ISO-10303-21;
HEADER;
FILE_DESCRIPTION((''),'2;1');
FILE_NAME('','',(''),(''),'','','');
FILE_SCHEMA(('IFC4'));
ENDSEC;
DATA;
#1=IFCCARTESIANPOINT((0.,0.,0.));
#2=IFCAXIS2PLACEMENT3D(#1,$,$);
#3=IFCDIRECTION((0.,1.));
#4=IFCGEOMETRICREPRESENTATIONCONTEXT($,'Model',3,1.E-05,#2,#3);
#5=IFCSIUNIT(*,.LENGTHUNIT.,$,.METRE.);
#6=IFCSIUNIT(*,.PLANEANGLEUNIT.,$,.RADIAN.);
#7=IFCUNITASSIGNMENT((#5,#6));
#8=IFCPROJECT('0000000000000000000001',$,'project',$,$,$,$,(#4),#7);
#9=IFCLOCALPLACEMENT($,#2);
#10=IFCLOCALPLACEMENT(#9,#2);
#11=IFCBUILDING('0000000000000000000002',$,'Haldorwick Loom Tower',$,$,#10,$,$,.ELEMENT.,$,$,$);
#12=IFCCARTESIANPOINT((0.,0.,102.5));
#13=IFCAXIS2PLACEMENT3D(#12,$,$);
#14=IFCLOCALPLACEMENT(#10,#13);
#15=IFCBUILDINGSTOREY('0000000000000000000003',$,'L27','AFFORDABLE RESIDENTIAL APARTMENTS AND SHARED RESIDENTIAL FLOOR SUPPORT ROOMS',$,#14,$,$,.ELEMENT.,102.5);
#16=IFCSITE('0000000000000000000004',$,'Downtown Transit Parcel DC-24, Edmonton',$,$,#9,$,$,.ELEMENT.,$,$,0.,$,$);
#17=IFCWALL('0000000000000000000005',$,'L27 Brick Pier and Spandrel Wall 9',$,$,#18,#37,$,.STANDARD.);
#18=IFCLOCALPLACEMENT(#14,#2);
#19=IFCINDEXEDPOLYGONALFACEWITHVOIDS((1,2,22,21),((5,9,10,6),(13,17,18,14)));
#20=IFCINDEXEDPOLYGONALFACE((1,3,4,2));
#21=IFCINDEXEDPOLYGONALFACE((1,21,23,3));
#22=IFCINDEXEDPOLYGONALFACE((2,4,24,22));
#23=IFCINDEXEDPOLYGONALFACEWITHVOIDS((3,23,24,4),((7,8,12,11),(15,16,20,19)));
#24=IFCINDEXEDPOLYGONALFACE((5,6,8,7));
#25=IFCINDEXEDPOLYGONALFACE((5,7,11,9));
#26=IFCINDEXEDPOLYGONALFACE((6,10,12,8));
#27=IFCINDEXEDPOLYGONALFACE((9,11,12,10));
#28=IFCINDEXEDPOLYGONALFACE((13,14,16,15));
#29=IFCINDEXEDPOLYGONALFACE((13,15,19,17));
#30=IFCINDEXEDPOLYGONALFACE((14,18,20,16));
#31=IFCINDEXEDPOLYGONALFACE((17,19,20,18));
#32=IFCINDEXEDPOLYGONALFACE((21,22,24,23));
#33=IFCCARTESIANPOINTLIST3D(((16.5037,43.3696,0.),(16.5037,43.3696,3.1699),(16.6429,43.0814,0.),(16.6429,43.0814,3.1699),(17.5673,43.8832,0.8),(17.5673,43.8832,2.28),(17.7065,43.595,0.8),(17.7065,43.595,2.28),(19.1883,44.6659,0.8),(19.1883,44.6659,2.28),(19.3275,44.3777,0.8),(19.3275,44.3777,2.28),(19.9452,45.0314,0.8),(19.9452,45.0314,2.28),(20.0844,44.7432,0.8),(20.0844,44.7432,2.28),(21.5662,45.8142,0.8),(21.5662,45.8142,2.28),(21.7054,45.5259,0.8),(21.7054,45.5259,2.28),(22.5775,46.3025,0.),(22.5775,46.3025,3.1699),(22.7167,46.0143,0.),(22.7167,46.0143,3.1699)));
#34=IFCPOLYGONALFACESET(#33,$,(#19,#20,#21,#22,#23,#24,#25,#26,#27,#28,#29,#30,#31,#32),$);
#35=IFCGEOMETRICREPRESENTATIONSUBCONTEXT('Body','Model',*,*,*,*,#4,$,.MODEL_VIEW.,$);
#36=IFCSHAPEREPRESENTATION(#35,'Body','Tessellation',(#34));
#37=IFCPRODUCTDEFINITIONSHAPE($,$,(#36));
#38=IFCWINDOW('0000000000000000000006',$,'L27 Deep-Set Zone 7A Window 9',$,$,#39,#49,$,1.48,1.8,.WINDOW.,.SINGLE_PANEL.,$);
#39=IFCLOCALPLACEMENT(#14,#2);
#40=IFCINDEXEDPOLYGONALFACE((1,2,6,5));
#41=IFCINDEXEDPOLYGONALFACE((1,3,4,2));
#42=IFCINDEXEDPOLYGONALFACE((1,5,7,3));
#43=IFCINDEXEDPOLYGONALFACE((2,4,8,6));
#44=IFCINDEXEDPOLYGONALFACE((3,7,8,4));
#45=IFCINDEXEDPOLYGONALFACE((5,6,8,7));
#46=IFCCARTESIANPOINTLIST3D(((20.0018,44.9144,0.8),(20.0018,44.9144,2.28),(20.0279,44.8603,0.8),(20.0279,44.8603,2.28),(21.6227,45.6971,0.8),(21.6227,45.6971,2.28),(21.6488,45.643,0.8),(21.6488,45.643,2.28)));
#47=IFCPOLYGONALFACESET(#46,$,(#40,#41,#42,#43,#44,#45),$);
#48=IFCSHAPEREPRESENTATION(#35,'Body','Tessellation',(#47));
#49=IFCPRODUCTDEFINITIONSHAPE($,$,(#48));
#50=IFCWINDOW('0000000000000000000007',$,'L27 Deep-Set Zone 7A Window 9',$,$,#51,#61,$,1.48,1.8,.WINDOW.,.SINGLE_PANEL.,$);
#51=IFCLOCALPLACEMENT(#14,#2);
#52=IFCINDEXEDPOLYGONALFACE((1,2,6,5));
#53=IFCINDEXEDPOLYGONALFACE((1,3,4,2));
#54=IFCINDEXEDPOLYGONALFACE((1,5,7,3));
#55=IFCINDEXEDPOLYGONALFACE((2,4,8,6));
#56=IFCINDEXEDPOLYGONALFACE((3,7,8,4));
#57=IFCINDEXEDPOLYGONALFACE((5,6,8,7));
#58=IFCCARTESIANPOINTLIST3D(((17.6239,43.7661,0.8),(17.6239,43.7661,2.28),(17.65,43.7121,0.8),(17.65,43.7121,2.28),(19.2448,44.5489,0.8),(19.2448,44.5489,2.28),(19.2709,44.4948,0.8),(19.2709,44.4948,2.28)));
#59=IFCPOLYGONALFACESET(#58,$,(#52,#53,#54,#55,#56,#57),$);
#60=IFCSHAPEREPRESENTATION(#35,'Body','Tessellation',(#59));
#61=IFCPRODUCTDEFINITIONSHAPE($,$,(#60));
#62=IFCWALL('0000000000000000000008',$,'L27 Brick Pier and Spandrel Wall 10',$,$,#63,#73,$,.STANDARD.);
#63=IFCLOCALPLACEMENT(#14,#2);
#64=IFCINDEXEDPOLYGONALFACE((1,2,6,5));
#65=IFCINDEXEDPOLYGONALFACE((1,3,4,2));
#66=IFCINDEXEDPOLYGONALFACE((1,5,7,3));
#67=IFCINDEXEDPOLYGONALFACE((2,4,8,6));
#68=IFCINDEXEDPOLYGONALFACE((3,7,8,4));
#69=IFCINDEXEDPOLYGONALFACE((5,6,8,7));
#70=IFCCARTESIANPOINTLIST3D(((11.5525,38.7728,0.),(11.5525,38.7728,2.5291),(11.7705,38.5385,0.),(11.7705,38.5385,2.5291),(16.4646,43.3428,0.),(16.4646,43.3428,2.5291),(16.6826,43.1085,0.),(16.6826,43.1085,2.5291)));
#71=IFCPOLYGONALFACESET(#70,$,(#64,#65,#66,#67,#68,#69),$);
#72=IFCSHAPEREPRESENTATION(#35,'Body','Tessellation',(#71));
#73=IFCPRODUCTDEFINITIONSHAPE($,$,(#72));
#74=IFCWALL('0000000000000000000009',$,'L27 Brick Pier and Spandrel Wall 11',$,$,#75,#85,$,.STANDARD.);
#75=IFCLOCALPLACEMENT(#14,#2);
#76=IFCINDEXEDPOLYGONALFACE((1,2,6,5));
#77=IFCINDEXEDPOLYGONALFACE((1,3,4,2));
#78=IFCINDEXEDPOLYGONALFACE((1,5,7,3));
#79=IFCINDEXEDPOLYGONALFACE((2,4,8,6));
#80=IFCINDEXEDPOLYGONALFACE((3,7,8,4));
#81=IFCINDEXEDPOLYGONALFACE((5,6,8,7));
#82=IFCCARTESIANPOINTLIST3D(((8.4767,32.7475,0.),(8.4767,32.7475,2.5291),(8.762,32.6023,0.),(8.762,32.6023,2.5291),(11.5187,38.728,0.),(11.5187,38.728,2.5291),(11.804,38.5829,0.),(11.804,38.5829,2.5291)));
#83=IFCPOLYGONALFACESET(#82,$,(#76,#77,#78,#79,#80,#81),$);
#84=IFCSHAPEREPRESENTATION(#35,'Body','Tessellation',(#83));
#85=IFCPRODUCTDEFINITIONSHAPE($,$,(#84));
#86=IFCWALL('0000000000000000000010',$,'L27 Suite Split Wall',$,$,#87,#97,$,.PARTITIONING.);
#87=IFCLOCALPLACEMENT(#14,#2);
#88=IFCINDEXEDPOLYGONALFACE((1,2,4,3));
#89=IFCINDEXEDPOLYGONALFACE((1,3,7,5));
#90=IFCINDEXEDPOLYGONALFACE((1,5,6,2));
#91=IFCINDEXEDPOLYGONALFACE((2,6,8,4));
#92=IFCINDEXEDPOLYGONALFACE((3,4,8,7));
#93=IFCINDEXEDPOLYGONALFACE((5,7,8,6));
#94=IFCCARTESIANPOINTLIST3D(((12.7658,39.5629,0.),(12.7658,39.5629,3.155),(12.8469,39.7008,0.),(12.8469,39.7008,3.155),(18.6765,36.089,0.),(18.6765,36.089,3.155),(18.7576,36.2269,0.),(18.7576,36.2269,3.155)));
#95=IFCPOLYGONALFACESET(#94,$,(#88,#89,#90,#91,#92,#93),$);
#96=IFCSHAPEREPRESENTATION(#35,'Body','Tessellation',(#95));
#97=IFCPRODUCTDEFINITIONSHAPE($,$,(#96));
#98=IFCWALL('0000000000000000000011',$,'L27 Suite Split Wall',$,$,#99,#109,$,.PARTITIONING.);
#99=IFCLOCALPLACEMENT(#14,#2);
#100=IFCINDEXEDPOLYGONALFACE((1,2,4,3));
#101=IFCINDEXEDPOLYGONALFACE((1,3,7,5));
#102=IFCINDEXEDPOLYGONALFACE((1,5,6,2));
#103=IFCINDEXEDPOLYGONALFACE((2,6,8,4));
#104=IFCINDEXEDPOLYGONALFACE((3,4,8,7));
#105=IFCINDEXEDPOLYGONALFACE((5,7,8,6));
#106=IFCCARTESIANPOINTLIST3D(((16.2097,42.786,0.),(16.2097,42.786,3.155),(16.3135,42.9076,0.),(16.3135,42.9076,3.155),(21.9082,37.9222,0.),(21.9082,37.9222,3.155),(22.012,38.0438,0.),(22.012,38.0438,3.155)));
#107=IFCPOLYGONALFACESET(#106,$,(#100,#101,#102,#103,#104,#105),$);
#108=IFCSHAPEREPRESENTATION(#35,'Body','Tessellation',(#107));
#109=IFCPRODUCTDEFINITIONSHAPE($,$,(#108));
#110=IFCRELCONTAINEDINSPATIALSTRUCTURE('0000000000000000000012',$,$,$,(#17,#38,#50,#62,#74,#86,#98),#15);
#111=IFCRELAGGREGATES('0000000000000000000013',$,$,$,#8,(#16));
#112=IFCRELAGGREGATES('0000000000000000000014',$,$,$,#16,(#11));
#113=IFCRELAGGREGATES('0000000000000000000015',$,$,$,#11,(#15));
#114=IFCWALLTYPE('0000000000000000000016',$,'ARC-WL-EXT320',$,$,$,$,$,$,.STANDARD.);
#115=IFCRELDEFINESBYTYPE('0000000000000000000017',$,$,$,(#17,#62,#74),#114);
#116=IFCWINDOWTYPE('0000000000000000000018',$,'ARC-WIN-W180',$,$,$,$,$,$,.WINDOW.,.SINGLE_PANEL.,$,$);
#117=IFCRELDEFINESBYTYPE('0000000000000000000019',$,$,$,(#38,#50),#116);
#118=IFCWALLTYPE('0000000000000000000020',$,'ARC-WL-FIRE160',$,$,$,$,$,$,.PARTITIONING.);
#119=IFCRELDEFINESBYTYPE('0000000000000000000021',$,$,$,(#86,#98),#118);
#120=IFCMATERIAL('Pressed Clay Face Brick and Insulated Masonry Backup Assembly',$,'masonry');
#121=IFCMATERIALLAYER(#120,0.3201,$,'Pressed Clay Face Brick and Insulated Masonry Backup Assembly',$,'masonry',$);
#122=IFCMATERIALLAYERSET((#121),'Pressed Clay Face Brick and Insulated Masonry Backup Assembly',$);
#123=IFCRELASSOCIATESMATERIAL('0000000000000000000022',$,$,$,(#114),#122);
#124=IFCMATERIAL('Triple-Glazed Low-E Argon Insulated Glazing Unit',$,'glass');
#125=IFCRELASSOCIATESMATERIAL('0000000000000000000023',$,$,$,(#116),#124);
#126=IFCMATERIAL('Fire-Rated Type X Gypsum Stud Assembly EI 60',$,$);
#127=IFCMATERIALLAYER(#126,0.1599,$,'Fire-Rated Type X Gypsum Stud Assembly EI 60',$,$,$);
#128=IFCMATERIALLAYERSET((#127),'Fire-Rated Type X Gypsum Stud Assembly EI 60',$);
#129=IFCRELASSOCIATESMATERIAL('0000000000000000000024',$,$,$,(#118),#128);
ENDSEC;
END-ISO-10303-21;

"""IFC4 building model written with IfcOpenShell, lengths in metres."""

from ifc_helpers import new_model, si_unit, direction, frame, frame_2d, origin, place, context, subcontext, project, spatial, rectangle, extrude, material, layer, layer_set, type_object, element, fill, save


model = new_model("IFC4")

# Units and contexts
model_context = context("Model", 3, precision=1e-05, world=origin(), true_north=direction((0.0, 1.0)))
body_context = subcontext(model_context, "Body", "Model", "MODEL_VIEW")
ifc_project = project(units=[si_unit("LENGTHUNIT", "METRE"), si_unit("PLANEANGLEUNIT", "RADIAN")], contexts=[model_context])

# Site, building, storey
site_placement = place(None, origin())
site = spatial("IfcSite", under=ifc_project, at=site_placement, Name="Downtown Transit Parcel DC-24, Edmonton", CompositionType="ELEMENT", RefElevation=0.0)
building_placement = place(site_placement, origin())
building = spatial("IfcBuilding", under=site, at=building_placement, Name="Haldorwick Loom Tower", CompositionType="ELEMENT")
storey_placement = place(building_placement, frame((0.0, 0.0, 102.5)))
storey = spatial("IfcBuildingStorey", under=building, at=storey_placement, Name="L27", Description="AFFORDABLE RESIDENTIAL APARTMENTS AND SHARED RESIDENTIAL FLOOR SUPPORT ROOMS", CompositionType="ELEMENT", Elevation=102.5)

# Wall, openings, windows
ifc_material_1 = material(Name="Pressed Clay Face Brick and Insulated Masonry Backup Assembly", Category="masonry")
ifc_layer_1 = layer(ifc_material_1, 0.3201, Name="Pressed Clay Face Brick and Insulated Masonry Backup Assembly", Category="masonry")
ifc_layer_set_1 = layer_set([ifc_layer_1], Name="Pressed Clay Face Brick and Insulated Masonry Backup Assembly")
wall_type_1 = type_object("IfcWallType", Name="ARC-WL-EXT320", PredefinedType="STANDARD", material=ifc_layer_set_1)
wall_1_placement = place(storey_placement, frame((22.6472, 46.1584, 0.0), z_axis=(0.0, 0.0, 1.0), x_axis=(-0.90051, -0.434835, 0.0)))
wall_1 = element("IfcWall", 1, at=wall_1_placement, inside=storey, type_object=wall_type_1, Name="L27 Brick Pier and Spandrel Wall 9", PredefinedType="STANDARD", context=body_context, shape_type="SweptSolid", body=[
    extrude(rectangle(XDim=6.7449, YDim=0.3201, at=frame_2d((3.3726, 0.0))), origin(), (0.0, 0.0, 1.0), 3.1699),
])
opening_1_placement = place(wall_1_placement, frame((1.1233, 0.0, 0.8)))
opening_1 = element("IfcOpeningElement", 2, at=opening_1_placement, cuts=wall_1, PredefinedType="OPENING", context=body_context, shape_type="SweptSolid", body=[
    extrude(rectangle(XDim=1.8, YDim=1.48, at=frame_2d((0.8999, 0.74))), frame((0.0, 0.1699, 0.0), z_axis=(0.0, -1.0, 0.0), x_axis=(1.0, 0.0, 0.0)), (0.0, 0.0, 1.0), 0.3401),
])
opening_2_placement = place(wall_1_placement, frame((3.7639, 0.0, 0.8)))
opening_2 = element("IfcOpeningElement", 3, at=opening_2_placement, cuts=wall_1, PredefinedType="OPENING", context=body_context, shape_type="SweptSolid", body=[
    extrude(rectangle(XDim=1.8, YDim=1.48, at=frame_2d((0.8999, 0.74))), frame((0.0, 0.1699, 0.0), z_axis=(0.0, -1.0, 0.0), x_axis=(1.0, 0.0, 0.0)), (0.0, 0.0, 1.0), 0.3401),
])
ifc_material_2 = material(Name="Triple-Glazed Low-E Argon Insulated Glazing Unit", Category="glass")
window_type = type_object("IfcWindowType", Name="ARC-WIN-W180", PartitioningType="SINGLE_PANEL", PredefinedType="WINDOW", material=ifc_material_2)
window_1_placement = place(opening_1_placement, origin())
window_1 = element("IfcWindow", 4, at=window_1_placement, inside=storey, type_object=window_type, Name="L27 Deep-Set Zone 7A Window 9", OverallHeight=1.48, OverallWidth=1.8, PartitioningType="SINGLE_PANEL", PredefinedType="WINDOW", context=body_context, shape_type="SweptSolid", body=[
    extrude(rectangle(XDim=1.8, YDim=1.48, at=frame_2d((0.8999, 0.74))), frame((0.0, 0.03, 0.0), z_axis=(0.0, -1.0, 0.0), x_axis=(1.0, 0.0, 0.0)), (0.0, 0.0, 1.0), 0.0601),
])
fill(opening_1, window_1)
window_2_placement = place(opening_2_placement, origin())
window_2 = element("IfcWindow", 5, at=window_2_placement, inside=storey, type_object=window_type, Name="L27 Deep-Set Zone 7A Window 9", OverallHeight=1.48, OverallWidth=1.8, PartitioningType="SINGLE_PANEL", PredefinedType="WINDOW", context=body_context, shape_type="SweptSolid", body=[
    extrude(rectangle(XDim=1.8, YDim=1.48, at=frame_2d((0.8999, 0.74))), frame((0.0, 0.03, 0.0), z_axis=(0.0, -1.0, 0.0), x_axis=(1.0, 0.0, 0.0)), (0.0, 0.0, 1.0), 0.0601),
])
fill(opening_2, window_2)

# Walls
wall_2_placement = place(storey_placement, frame((16.5735, 43.2256, 0.0), z_axis=(0.0, 0.0, 1.0), x_axis=(-0.732137, -0.681157, 0.0)))
element("IfcWall", 6, at=wall_2_placement, inside=storey, type_object=wall_type_1, Name="L27 Brick Pier and Spandrel Wall 10", PredefinedType="STANDARD", context=body_context, shape_type="SweptSolid", body=[
    extrude(rectangle(XDim=6.7092, YDim=0.3201, at=frame_2d((3.3545, 0.0))), origin(), (0.0, 0.0, 1.0), 2.5291),
])
wall_3_placement = place(storey_placement, frame((11.6614, 38.6555, 0.0), z_axis=(0.0, 0.0, 1.0), x_axis=(-0.453374, -0.89132, 0.0)))
element("IfcWall", 7, at=wall_3_placement, inside=storey, type_object=wall_type_1, Name="L27 Brick Pier and Spandrel Wall 11", PredefinedType="STANDARD", context=body_context, shape_type="SweptSolid", body=[
    extrude(rectangle(XDim=6.7097, YDim=0.3201, at=frame_2d((3.355, 0.0))), origin(), (0.0, 0.0, 1.0), 2.5291),
])

# Shared definitions
ifc_material_3 = material(Name="Fire-Rated Type X Gypsum Stud Assembly EI 60")
ifc_layer_2 = layer(ifc_material_3, 0.1599, Name="Fire-Rated Type X Gypsum Stud Assembly EI 60")
ifc_layer_set_2 = layer_set([ifc_layer_2], Name="Fire-Rated Type X Gypsum Stud Assembly EI 60")
wall_type_2 = type_object("IfcWallType", Name="ARC-WL-FIRE160", PredefinedType="PARTITIONING", material=ifc_layer_set_2)

# Walls
wall_4_placement = place(storey_placement, frame((18.717, 36.158, 0.0), z_axis=(0.0, 0.0, 1.0), x_axis=(-0.862124, 0.506698, 0.0)))
element("IfcWall", 8, at=wall_4_placement, inside=storey, type_object=wall_type_2, Name="L27 Suite Split Wall", PredefinedType="PARTITIONING", context=body_context, shape_type="SweptSolid", body=[
    extrude(rectangle(XDim=6.856, YDim=0.1599, at=frame_2d((3.428, 0.0))), origin(), (0.0, 0.0, 1.0), 3.155),
])
wall_5_placement = place(storey_placement, frame((21.9602, 37.9829, 0.0), z_axis=(0.0, 0.0, 1.0), x_axis=(-0.760617, 0.649201, 0.0)))
element("IfcWall", 9, at=wall_5_placement, inside=storey, type_object=wall_type_2, Name="L27 Suite Split Wall", PredefinedType="PARTITIONING", context=body_context, shape_type="SweptSolid", body=[
    extrude(rectangle(XDim=7.4919, YDim=0.1599, at=frame_2d((3.7461, 0.0))), origin(), (0.0, 0.0, 1.0), 3.155),
])

save(model, "model.ifc")
